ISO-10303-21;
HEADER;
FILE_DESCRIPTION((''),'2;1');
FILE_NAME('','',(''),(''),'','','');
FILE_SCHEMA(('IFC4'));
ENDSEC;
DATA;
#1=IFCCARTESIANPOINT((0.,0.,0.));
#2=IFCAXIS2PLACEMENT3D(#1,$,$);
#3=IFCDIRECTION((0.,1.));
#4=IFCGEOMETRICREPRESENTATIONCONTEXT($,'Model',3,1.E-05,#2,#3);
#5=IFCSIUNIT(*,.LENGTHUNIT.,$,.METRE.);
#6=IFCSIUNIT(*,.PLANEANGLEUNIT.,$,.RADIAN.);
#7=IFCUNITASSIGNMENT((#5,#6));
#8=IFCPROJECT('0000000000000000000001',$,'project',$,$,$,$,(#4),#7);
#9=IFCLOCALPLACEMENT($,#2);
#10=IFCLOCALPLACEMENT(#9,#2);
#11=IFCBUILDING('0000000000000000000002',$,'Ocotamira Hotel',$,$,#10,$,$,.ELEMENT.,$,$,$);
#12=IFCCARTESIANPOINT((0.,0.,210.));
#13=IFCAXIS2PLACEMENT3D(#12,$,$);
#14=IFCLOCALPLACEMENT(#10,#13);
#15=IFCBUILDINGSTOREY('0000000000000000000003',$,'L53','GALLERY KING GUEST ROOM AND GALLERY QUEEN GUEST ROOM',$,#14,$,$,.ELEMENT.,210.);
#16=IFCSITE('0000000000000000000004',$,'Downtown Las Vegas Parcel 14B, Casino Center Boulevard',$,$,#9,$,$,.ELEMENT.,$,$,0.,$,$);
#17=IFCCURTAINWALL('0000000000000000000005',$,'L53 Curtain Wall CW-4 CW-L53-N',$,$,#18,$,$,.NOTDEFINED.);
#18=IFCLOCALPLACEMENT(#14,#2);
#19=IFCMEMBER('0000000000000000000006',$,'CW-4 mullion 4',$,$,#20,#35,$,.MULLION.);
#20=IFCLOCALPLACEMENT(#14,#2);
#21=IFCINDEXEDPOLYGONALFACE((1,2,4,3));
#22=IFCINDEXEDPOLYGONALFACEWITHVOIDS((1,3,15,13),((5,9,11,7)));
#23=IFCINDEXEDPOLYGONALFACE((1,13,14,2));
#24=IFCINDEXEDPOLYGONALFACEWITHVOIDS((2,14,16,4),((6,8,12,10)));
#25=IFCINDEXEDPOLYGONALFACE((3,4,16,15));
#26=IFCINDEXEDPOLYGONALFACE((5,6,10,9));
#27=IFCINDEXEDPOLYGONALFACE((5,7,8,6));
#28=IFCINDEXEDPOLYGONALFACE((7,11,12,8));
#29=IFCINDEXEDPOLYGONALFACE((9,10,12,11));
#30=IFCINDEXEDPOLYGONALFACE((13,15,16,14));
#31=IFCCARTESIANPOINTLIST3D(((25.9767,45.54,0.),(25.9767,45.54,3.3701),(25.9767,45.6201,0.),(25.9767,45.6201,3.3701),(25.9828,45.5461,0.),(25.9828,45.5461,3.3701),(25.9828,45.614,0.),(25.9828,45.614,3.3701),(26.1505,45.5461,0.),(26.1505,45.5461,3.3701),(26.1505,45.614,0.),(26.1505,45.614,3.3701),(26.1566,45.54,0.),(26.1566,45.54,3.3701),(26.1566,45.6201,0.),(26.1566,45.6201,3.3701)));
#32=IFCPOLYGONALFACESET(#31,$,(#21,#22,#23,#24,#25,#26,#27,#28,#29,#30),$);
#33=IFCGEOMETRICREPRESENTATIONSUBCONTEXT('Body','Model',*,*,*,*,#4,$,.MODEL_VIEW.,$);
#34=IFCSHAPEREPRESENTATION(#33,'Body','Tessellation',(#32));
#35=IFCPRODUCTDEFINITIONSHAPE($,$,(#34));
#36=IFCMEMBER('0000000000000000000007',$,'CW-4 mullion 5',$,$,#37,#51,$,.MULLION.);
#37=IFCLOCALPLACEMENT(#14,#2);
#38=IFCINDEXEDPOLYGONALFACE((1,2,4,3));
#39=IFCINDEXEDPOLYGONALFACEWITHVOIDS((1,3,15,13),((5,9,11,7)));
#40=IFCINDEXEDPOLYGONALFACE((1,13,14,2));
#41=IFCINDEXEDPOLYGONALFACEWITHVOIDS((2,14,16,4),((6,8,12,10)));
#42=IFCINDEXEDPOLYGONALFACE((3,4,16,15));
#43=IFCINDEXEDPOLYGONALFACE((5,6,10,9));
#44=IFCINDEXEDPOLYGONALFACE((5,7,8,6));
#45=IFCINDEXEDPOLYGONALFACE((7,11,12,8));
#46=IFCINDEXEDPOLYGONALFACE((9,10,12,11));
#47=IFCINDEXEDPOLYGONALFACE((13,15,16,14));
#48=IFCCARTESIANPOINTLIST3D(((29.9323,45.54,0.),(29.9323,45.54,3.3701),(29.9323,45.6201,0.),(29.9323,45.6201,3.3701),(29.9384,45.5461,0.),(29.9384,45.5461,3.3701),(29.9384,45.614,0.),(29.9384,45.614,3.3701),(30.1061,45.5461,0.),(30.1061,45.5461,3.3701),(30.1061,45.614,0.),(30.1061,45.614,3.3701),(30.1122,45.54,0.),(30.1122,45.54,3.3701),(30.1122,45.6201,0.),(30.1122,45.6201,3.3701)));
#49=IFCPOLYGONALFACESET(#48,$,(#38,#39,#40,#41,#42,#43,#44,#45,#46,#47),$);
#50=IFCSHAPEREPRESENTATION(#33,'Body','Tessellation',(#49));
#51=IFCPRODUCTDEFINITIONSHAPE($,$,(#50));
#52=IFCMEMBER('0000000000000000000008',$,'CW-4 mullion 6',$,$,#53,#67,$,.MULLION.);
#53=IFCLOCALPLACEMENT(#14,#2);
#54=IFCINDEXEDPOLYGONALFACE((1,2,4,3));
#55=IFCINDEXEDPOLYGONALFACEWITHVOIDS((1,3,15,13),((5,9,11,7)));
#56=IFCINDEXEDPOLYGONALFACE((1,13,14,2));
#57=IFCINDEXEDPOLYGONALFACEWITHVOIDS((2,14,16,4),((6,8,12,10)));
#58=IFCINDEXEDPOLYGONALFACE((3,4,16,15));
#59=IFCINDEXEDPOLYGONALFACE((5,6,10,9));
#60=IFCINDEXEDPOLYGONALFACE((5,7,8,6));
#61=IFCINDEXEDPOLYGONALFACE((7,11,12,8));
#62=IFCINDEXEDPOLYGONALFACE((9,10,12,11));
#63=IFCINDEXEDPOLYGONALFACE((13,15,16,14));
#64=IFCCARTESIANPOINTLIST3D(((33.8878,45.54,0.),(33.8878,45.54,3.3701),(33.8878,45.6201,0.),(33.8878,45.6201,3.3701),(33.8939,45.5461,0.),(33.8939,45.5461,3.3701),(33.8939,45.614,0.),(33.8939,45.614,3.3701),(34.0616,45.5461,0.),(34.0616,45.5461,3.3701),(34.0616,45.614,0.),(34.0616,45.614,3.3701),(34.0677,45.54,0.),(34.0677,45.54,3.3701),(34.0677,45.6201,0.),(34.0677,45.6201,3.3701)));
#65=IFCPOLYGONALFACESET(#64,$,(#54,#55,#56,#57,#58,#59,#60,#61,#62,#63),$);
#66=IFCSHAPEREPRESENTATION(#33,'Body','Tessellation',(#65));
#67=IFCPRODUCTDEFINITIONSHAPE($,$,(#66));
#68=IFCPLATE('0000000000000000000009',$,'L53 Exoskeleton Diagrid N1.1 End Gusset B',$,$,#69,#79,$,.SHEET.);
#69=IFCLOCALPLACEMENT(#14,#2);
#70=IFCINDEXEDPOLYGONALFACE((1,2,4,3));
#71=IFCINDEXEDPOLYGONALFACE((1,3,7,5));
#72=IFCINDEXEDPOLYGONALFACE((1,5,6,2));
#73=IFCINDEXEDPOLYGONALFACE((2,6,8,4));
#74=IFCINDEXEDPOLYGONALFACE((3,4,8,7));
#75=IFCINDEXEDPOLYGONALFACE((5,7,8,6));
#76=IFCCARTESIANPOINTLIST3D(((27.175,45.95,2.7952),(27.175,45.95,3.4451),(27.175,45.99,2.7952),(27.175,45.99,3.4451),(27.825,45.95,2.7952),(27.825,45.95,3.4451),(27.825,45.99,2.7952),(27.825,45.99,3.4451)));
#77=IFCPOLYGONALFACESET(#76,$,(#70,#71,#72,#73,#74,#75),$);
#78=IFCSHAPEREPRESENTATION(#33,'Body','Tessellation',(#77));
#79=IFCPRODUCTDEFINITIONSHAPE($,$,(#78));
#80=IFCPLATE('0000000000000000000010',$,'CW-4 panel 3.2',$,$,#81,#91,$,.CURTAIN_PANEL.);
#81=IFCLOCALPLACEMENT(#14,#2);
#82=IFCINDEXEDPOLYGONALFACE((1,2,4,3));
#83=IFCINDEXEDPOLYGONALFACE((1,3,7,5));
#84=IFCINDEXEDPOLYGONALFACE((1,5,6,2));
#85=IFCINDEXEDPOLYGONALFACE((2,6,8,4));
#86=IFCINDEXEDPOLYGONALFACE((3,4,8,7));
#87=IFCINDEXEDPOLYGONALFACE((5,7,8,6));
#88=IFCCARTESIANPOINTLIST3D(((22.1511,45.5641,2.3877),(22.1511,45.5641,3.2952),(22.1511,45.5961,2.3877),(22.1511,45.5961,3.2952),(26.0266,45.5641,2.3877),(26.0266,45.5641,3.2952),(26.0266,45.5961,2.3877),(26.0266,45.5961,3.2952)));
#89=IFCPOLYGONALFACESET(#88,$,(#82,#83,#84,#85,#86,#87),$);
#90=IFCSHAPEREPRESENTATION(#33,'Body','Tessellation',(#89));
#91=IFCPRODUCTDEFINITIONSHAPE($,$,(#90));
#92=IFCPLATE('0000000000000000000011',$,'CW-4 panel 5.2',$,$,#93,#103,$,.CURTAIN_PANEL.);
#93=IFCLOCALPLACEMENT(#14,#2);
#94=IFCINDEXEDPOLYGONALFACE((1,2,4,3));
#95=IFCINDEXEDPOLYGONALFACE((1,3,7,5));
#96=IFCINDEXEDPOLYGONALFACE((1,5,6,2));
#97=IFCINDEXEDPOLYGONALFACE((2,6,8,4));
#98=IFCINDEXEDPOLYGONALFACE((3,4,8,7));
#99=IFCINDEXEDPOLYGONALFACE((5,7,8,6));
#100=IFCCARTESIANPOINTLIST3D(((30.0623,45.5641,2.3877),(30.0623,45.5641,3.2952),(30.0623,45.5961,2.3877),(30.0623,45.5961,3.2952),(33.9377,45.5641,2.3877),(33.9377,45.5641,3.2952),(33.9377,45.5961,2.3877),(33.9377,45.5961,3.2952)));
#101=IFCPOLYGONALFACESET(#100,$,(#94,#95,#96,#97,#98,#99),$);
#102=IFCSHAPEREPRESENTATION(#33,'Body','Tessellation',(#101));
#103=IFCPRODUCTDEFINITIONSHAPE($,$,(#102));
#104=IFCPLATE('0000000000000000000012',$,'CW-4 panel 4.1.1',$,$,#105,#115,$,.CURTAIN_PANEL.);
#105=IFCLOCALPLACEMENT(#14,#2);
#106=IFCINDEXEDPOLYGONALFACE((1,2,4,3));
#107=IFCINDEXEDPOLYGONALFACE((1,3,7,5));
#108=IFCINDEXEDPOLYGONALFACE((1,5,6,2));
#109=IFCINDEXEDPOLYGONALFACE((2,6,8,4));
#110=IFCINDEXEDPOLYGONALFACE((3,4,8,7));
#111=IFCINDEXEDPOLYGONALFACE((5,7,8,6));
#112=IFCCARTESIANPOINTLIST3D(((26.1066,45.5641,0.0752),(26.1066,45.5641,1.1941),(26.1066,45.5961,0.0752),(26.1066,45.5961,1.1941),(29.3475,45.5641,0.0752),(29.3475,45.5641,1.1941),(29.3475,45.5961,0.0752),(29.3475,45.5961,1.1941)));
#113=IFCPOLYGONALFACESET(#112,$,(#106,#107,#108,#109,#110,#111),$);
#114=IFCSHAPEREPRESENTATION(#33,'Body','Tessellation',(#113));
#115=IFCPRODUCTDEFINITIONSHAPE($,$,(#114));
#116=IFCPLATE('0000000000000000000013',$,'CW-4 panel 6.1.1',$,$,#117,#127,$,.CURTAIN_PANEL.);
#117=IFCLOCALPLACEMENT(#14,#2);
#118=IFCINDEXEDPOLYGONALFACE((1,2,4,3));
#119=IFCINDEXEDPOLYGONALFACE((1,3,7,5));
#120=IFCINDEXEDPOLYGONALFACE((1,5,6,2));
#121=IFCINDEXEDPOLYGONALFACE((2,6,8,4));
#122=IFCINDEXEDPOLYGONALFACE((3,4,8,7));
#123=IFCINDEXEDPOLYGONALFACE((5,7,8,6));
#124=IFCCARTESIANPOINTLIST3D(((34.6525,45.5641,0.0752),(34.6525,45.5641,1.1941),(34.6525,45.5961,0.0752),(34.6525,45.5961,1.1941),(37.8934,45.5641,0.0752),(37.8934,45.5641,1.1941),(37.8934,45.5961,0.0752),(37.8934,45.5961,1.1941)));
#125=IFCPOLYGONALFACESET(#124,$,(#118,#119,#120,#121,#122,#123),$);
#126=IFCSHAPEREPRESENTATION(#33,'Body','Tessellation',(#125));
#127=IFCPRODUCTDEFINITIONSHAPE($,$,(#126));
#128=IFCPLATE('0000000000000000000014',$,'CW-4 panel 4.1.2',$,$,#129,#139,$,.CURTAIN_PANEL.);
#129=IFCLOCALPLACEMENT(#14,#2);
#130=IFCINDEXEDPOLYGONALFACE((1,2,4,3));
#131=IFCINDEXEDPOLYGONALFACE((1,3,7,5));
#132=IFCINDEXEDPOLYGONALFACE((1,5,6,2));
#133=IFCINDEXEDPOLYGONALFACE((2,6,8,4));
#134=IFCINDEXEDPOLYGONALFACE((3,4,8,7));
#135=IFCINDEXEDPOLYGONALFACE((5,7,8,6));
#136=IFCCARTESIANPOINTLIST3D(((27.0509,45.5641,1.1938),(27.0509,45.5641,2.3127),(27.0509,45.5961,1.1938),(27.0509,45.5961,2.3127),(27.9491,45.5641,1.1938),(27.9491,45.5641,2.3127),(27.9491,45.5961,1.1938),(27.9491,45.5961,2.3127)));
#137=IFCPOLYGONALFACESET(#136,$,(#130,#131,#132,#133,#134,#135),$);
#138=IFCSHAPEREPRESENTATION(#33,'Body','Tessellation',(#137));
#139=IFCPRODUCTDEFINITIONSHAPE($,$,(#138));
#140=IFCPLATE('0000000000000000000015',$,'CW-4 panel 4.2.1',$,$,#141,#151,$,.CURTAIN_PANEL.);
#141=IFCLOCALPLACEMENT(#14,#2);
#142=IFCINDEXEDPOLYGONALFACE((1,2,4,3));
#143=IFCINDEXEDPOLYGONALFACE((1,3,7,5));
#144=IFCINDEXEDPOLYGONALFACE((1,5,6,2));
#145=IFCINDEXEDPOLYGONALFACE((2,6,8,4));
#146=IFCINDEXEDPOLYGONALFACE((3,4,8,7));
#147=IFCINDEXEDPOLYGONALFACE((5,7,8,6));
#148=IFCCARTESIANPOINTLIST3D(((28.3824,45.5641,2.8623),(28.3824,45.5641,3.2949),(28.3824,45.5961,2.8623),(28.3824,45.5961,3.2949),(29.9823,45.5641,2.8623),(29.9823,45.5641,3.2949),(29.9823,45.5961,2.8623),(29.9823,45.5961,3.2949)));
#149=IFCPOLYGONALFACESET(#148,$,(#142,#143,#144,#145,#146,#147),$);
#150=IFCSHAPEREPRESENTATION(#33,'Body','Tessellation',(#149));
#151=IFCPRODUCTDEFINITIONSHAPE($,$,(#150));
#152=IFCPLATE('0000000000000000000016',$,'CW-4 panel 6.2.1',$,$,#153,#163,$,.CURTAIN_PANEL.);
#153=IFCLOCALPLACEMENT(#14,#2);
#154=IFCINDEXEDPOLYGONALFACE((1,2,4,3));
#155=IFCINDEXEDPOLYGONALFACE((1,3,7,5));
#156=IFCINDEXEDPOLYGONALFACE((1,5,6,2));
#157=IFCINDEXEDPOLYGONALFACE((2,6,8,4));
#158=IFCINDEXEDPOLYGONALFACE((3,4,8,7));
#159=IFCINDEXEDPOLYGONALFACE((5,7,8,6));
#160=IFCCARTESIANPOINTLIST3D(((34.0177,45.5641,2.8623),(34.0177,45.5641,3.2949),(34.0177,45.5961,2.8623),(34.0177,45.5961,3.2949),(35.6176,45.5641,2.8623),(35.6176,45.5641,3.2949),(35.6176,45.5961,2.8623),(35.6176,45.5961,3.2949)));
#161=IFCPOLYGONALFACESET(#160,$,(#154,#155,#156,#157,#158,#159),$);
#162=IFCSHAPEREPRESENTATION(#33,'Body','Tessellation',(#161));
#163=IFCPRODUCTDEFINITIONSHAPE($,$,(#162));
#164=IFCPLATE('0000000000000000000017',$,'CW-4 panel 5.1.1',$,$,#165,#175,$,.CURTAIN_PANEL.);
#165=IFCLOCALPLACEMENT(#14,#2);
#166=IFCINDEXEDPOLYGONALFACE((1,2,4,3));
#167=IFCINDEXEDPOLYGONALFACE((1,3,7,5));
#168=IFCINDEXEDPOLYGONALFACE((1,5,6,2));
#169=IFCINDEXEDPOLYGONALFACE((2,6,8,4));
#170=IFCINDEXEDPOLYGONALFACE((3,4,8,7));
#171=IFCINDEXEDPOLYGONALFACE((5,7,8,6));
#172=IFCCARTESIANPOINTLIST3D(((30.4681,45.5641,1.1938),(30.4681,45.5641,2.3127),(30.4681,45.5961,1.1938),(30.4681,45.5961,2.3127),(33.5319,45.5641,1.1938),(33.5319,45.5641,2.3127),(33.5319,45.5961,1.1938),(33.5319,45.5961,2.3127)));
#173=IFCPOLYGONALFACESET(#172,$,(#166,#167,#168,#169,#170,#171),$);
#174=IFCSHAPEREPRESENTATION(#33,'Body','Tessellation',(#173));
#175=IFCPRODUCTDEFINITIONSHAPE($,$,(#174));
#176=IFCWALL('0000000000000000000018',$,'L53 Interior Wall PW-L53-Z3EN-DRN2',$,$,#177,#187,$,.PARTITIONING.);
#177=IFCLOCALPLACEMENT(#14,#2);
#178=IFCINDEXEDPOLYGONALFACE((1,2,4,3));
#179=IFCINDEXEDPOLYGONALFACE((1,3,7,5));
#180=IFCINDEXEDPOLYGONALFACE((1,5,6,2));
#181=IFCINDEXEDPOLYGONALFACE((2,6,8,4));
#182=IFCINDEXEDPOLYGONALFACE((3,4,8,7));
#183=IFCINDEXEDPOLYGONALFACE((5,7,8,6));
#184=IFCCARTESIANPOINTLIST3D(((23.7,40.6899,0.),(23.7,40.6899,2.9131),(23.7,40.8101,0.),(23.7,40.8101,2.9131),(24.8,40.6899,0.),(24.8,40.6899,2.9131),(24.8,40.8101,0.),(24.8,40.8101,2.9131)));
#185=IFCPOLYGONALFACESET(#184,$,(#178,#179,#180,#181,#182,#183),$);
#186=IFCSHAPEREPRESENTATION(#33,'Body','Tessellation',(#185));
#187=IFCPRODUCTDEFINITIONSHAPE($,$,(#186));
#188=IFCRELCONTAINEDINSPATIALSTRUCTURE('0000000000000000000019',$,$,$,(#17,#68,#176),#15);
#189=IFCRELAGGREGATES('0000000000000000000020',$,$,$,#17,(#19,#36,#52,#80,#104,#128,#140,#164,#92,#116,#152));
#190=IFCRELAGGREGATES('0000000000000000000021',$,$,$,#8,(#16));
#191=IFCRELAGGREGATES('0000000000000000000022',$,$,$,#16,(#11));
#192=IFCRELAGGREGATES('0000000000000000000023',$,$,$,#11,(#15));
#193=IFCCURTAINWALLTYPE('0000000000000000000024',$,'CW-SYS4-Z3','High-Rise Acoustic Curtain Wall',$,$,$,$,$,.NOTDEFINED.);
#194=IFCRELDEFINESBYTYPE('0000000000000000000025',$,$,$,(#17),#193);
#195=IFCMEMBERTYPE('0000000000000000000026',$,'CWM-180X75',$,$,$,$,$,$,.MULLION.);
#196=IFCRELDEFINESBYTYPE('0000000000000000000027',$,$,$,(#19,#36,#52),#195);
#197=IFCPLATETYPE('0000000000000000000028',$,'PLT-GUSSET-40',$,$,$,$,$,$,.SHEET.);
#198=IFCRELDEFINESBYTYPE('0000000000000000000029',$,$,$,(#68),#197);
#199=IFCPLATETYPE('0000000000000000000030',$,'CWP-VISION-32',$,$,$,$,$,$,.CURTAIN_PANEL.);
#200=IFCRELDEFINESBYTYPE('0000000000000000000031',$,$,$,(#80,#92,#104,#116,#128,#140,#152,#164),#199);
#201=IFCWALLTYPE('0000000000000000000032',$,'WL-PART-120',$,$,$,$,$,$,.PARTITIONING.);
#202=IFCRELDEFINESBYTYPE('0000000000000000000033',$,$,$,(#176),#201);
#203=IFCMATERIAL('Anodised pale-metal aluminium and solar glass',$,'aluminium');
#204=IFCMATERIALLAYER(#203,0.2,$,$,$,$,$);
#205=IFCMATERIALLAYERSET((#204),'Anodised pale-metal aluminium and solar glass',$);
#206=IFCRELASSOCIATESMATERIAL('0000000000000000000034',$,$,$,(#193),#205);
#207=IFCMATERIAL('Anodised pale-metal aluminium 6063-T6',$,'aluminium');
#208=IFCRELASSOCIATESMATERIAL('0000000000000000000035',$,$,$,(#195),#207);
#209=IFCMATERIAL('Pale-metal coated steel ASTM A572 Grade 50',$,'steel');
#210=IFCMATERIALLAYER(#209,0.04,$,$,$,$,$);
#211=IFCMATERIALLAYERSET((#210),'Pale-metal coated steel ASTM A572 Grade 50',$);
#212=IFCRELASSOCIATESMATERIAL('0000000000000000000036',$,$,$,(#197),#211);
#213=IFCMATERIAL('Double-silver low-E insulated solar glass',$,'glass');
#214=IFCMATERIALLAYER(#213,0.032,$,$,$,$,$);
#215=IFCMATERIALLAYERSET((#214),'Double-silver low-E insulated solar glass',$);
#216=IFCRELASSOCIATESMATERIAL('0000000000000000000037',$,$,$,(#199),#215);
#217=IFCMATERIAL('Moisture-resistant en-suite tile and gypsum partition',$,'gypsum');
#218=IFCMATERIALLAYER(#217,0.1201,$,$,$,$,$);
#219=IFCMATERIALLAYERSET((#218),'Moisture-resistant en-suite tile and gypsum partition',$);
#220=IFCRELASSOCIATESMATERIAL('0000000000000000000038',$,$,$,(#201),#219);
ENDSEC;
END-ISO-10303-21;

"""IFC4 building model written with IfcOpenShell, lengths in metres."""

from ifc_helpers import new_model, si_unit, direction, frame, frame_2d, origin, origin_2d, place, context, subcontext, project, spatial, rectangle, hollow_rectangle, extrude, source, transform, mapped, material, layer, layer_set, material_profile, profile_set, type_object, element, aggregate, save


model = new_model("IFC4")

# Units and contexts
model_context = context("Model", 3, precision=1e-05, world=origin(), true_north=direction((0.0, 1.0)))
body_context = subcontext(model_context, "Body", "Model", "MODEL_VIEW")
ifc_project = project(units=[si_unit("LENGTHUNIT", "METRE"), si_unit("PLANEANGLEUNIT", "RADIAN")], contexts=[model_context])

# Site, building, storey
site_placement = place(None, origin())
site = spatial("IfcSite", under=ifc_project, at=site_placement, Name="Downtown Las Vegas Parcel 14B, Casino Center Boulevard", CompositionType="ELEMENT", RefElevation=0.0)
building_placement = place(site_placement, origin())
building = spatial("IfcBuilding", under=site, at=building_placement, Name="Ocotamira Hotel", CompositionType="ELEMENT")
storey_placement = place(building_placement, frame((0.0, 0.0, 210.0)))
storey = spatial("IfcBuildingStorey", under=building, at=storey_placement, Name="L53", Description="GALLERY KING GUEST ROOM AND GALLERY QUEEN GUEST ROOM", CompositionType="ELEMENT", Elevation=210.0)

# Curtain wall, members
ifc_material_1 = material(Name="Anodised pale-metal aluminium and solar glass", Category="aluminium")
ifc_layer_1 = layer(ifc_material_1, 0.2)
ifc_layer_set_1 = layer_set([ifc_layer_1], Name="Anodised pale-metal aluminium and solar glass")
curtain_wall_type = type_object("IfcCurtainWallType", Name="CW-SYS4-Z3", Description="High-Rise Acoustic Curtain Wall", PredefinedType="NOTDEFINED", material=ifc_layer_set_1)
curtain_wall_placement = place(storey_placement, origin())
curtain_wall = element("IfcCurtainWall", 1, at=curtain_wall_placement, inside=storey, type_object=curtain_wall_type, Name="L53 Curtain Wall CW-4 CW-L53-N", PredefinedType="NOTDEFINED")
ifc_material_2 = material(Name="Anodised pale-metal aluminium 6063-T6", Category="aluminium")
ifc_material_profile_1 = material_profile(ifc_material_2, hollow_rectangle(XDim=0.0801, YDim=0.1799, WallThickness=0.0061, at=origin_2d()), Name="HSS180X80X6")
ifc_profile_set_1 = profile_set([ifc_material_profile_1], Name="Anodised pale-metal aluminium 6063-T6")
member_type_1 = type_object("IfcMemberType", Name="CWM-180X75", PredefinedType="MULLION", material=ifc_profile_set_1)
shared_shape_1 = source(origin(), body_context, "Body", "SweptSolid", [
    extrude(hollow_rectangle(XDim=0.0801, YDim=0.1799, WallThickness=0.0061, at=origin_2d()), origin(), (0.0, 0.0, 1.0), 3.3701),
])
member_1_placement = place(storey_placement, frame((26.0667, 45.5801, 0.0), z_axis=(0.0, 0.0, 1.0), x_axis=(0.0, 1.0, 0.0)))
member_1 = element("IfcMember", 2, at=member_1_placement, type_object=member_type_1, Name="CW-4 mullion 4", PredefinedType="MULLION", context=body_context, shape_type="MappedRepresentation", body=[
    mapped(shared_shape_1, transform((0.0, 0.0, 0.0), scale=1.0)),
])
member_2_placement = place(storey_placement, frame((30.0222, 45.5801, 0.0), z_axis=(0.0, 0.0, 1.0), x_axis=(0.0, 1.0, 0.0)))
member_2 = element("IfcMember", 3, at=member_2_placement, type_object=member_type_1, Name="CW-4 mullion 5", PredefinedType="MULLION", context=body_context, shape_type="MappedRepresentation", body=[
    mapped(shared_shape_1, transform((0.0, 0.0, 0.0), scale=1.0)),
])
member_3_placement = place(storey_placement, frame((33.9778, 45.5801, 0.0), z_axis=(0.0, 0.0, 1.0), x_axis=(0.0, 1.0, 0.0)))
member_3 = element("IfcMember", 4, at=member_3_placement, type_object=member_type_1, Name="CW-4 mullion 6", PredefinedType="MULLION", context=body_context, shape_type="MappedRepresentation", body=[
    mapped(shared_shape_1, transform((0.0, 0.0, 0.0), scale=1.0)),
])

# Plates
ifc_material_3 = material(Name="Pale-metal coated steel ASTM A572 Grade 50", Category="steel")
ifc_layer_2 = layer(ifc_material_3, 0.04)
ifc_layer_set_2 = layer_set([ifc_layer_2], Name="Pale-metal coated steel ASTM A572 Grade 50")
plate_type_1 = type_object("IfcPlateType", Name="PLT-GUSSET-40", PredefinedType="SHEET", material=ifc_layer_set_2)
shared_shape_2 = source(origin(), body_context, "Body", "SweptSolid", [
    extrude(rectangle(XDim=0.6499, YDim=0.04, at=origin_2d()), origin(), (0.0, 0.0, 1.0), 0.6499),
])
plate_1_placement = place(storey_placement, frame((27.5, 45.97, 2.7952), z_axis=(0.0, 0.0, 1.0), x_axis=(1.0, 0.0, 0.0)))
element("IfcPlate", 5, at=plate_1_placement, inside=storey, type_object=plate_type_1, Name="L53 Exoskeleton Diagrid N1.1 End Gusset B", PredefinedType="SHEET", context=body_context, shape_type="MappedRepresentation", body=[
    mapped(shared_shape_2, transform((0.0, 0.0, 0.0), scale=1.0)),
])
ifc_material_4 = material(Name="Double-silver low-E insulated solar glass", Category="glass")
ifc_layer_3 = layer(ifc_material_4, 0.032)
ifc_layer_set_3 = layer_set([ifc_layer_3], Name="Double-silver low-E insulated solar glass")
plate_type_2 = type_object("IfcPlateType", Name="CWP-VISION-32", PredefinedType="CURTAIN_PANEL", material=ifc_layer_set_3)
shared_shape_3 = source(origin(), body_context, "Body", "SweptSolid", [
    extrude(rectangle(XDim=3.8755, YDim=0.032, at=origin_2d()), origin(), (0.0, 0.0, 1.0), 0.9075),
])
plate_2_placement = place(storey_placement, frame((24.0889, 45.5801, 2.3877), z_axis=(0.0, 0.0, 1.0), x_axis=(1.0, 0.0, 0.0)))
plate_2 = element("IfcPlate", 6, at=plate_2_placement, type_object=plate_type_2, Name="CW-4 panel 3.2", PredefinedType="CURTAIN_PANEL", context=body_context, shape_type="MappedRepresentation", body=[
    mapped(shared_shape_3, transform((0.0, 0.0, 0.0), scale=1.0)),
])
plate_3_placement = place(storey_placement, frame((32.0, 45.5801, 2.3877), z_axis=(0.0, 0.0, 1.0), x_axis=(1.0, 0.0, 0.0)))
plate_3 = element("IfcPlate", 7, at=plate_3_placement, type_object=plate_type_2, Name="CW-4 panel 5.2", PredefinedType="CURTAIN_PANEL", context=body_context, shape_type="MappedRepresentation", body=[
    mapped(shared_shape_3, transform((0.0, 0.0, 0.0), scale=1.0)),
])
shared_shape_4 = source(origin(), body_context, "Body", "SweptSolid", [
    extrude(rectangle(XDim=3.241, YDim=0.032, at=origin_2d()), origin(), (0.0, 0.0, 1.0), 1.1189),
])
plate_4_placement = place(storey_placement, frame((27.7271, 45.5801, 0.0752), z_axis=(0.0, 0.0, 1.0), x_axis=(1.0, 0.0, 0.0)))
plate_4 = element("IfcPlate", 8, at=plate_4_placement, type_object=plate_type_2, Name="CW-4 panel 4.1.1", PredefinedType="CURTAIN_PANEL", context=body_context, shape_type="MappedRepresentation", body=[
    mapped(shared_shape_4, transform((0.0, 0.0, 0.0), scale=1.0)),
])
plate_5_placement = place(storey_placement, frame((36.2729, 45.5801, 0.0752), z_axis=(0.0, 0.0, 1.0), x_axis=(1.0, 0.0, 0.0)))
plate_5 = element("IfcPlate", 9, at=plate_5_placement, type_object=plate_type_2, Name="CW-4 panel 6.1.1", PredefinedType="CURTAIN_PANEL", context=body_context, shape_type="MappedRepresentation", body=[
    mapped(shared_shape_4, transform((0.0, 0.0, 0.0), scale=1.0)),
])
shared_shape_5 = source(origin(), body_context, "Body", "SweptSolid", [
    extrude(rectangle(XDim=0.8982, YDim=0.032, at=origin_2d()), origin(), (0.0, 0.0, 1.0), 1.1189),
])
plate_6_placement = place(storey_placement, frame((27.5, 45.5801, 1.1938), z_axis=(0.0, 0.0, 1.0), x_axis=(1.0, 0.0, 0.0)))
plate_6 = element("IfcPlate", 10, at=plate_6_placement, type_object=plate_type_2, Name="CW-4 panel 4.1.2", PredefinedType="CURTAIN_PANEL", context=body_context, shape_type="MappedRepresentation", body=[
    mapped(shared_shape_5, transform((0.0, 0.0, 0.0), scale=1.0)),
])
shared_shape_6 = source(origin(), body_context, "Body", "SweptSolid", [
    extrude(rectangle(XDim=1.5999, YDim=0.032, at=origin_2d()), origin(), (0.0, 0.0, 1.0), 0.4326),
])
plate_7_placement = place(storey_placement, frame((29.1824, 45.5801, 2.8623), z_axis=(0.0, 0.0, 1.0), x_axis=(1.0, 0.0, 0.0)))
plate_7 = element("IfcPlate", 11, at=plate_7_placement, type_object=plate_type_2, Name="CW-4 panel 4.2.1", PredefinedType="CURTAIN_PANEL", context=body_context, shape_type="MappedRepresentation", body=[
    mapped(shared_shape_6, transform((0.0, 0.0, 0.0), scale=1.0)),
])
plate_8_placement = place(storey_placement, frame((34.8176, 45.5801, 2.8623), z_axis=(0.0, 0.0, 1.0), x_axis=(1.0, 0.0, 0.0)))
plate_8 = element("IfcPlate", 12, at=plate_8_placement, type_object=plate_type_2, Name="CW-4 panel 6.2.1", PredefinedType="CURTAIN_PANEL", context=body_context, shape_type="MappedRepresentation", body=[
    mapped(shared_shape_6, transform((0.0, 0.0, 0.0), scale=1.0)),
])
shared_shape_7 = source(origin(), body_context, "Body", "SweptSolid", [
    extrude(rectangle(XDim=3.0637, YDim=0.032, at=origin_2d()), origin(), (0.0, 0.0, 1.0), 1.1189),
])
plate_9_placement = place(storey_placement, frame((32.0, 45.5801, 1.1938), z_axis=(0.0, 0.0, 1.0), x_axis=(1.0, 0.0, 0.0)))
plate_9 = element("IfcPlate", 13, at=plate_9_placement, type_object=plate_type_2, Name="CW-4 panel 5.1.1", PredefinedType="CURTAIN_PANEL", context=body_context, shape_type="MappedRepresentation", body=[
    mapped(shared_shape_7, transform((0.0, 0.0, 0.0), scale=1.0)),
])
aggregate(curtain_wall, [member_1, member_2, member_3, plate_2, plate_4, plate_6, plate_7, plate_9, plate_3, plate_5, plate_8])

# Wall
ifc_material_5 = material(Name="Moisture-resistant en-suite tile and gypsum partition", Category="gypsum")
ifc_layer_4 = layer(ifc_material_5, 0.1201)
ifc_layer_set_4 = layer_set([ifc_layer_4], Name="Moisture-resistant en-suite tile and gypsum partition")
wall_type_1 = type_object("IfcWallType", Name="WL-PART-120", PredefinedType="PARTITIONING", material=ifc_layer_set_4)
wall_1_placement = place(storey_placement, frame((23.7, 40.75, 0.0), z_axis=(0.0, 0.0, 1.0), x_axis=(1.0, 0.0, 0.0)))
element("IfcWall", 14, at=wall_1_placement, inside=storey, type_object=wall_type_1, Name="L53 Interior Wall PW-L53-Z3EN-DRN2", PredefinedType="PARTITIONING", context=body_context, shape_type="SweptSolid", body=[
    extrude(rectangle(XDim=1.1001, YDim=0.1201, at=frame_2d((0.55, 0.0))), origin(), (0.0, 0.0, 1.0), 2.9131),
])

save(model, "model.ifc")
